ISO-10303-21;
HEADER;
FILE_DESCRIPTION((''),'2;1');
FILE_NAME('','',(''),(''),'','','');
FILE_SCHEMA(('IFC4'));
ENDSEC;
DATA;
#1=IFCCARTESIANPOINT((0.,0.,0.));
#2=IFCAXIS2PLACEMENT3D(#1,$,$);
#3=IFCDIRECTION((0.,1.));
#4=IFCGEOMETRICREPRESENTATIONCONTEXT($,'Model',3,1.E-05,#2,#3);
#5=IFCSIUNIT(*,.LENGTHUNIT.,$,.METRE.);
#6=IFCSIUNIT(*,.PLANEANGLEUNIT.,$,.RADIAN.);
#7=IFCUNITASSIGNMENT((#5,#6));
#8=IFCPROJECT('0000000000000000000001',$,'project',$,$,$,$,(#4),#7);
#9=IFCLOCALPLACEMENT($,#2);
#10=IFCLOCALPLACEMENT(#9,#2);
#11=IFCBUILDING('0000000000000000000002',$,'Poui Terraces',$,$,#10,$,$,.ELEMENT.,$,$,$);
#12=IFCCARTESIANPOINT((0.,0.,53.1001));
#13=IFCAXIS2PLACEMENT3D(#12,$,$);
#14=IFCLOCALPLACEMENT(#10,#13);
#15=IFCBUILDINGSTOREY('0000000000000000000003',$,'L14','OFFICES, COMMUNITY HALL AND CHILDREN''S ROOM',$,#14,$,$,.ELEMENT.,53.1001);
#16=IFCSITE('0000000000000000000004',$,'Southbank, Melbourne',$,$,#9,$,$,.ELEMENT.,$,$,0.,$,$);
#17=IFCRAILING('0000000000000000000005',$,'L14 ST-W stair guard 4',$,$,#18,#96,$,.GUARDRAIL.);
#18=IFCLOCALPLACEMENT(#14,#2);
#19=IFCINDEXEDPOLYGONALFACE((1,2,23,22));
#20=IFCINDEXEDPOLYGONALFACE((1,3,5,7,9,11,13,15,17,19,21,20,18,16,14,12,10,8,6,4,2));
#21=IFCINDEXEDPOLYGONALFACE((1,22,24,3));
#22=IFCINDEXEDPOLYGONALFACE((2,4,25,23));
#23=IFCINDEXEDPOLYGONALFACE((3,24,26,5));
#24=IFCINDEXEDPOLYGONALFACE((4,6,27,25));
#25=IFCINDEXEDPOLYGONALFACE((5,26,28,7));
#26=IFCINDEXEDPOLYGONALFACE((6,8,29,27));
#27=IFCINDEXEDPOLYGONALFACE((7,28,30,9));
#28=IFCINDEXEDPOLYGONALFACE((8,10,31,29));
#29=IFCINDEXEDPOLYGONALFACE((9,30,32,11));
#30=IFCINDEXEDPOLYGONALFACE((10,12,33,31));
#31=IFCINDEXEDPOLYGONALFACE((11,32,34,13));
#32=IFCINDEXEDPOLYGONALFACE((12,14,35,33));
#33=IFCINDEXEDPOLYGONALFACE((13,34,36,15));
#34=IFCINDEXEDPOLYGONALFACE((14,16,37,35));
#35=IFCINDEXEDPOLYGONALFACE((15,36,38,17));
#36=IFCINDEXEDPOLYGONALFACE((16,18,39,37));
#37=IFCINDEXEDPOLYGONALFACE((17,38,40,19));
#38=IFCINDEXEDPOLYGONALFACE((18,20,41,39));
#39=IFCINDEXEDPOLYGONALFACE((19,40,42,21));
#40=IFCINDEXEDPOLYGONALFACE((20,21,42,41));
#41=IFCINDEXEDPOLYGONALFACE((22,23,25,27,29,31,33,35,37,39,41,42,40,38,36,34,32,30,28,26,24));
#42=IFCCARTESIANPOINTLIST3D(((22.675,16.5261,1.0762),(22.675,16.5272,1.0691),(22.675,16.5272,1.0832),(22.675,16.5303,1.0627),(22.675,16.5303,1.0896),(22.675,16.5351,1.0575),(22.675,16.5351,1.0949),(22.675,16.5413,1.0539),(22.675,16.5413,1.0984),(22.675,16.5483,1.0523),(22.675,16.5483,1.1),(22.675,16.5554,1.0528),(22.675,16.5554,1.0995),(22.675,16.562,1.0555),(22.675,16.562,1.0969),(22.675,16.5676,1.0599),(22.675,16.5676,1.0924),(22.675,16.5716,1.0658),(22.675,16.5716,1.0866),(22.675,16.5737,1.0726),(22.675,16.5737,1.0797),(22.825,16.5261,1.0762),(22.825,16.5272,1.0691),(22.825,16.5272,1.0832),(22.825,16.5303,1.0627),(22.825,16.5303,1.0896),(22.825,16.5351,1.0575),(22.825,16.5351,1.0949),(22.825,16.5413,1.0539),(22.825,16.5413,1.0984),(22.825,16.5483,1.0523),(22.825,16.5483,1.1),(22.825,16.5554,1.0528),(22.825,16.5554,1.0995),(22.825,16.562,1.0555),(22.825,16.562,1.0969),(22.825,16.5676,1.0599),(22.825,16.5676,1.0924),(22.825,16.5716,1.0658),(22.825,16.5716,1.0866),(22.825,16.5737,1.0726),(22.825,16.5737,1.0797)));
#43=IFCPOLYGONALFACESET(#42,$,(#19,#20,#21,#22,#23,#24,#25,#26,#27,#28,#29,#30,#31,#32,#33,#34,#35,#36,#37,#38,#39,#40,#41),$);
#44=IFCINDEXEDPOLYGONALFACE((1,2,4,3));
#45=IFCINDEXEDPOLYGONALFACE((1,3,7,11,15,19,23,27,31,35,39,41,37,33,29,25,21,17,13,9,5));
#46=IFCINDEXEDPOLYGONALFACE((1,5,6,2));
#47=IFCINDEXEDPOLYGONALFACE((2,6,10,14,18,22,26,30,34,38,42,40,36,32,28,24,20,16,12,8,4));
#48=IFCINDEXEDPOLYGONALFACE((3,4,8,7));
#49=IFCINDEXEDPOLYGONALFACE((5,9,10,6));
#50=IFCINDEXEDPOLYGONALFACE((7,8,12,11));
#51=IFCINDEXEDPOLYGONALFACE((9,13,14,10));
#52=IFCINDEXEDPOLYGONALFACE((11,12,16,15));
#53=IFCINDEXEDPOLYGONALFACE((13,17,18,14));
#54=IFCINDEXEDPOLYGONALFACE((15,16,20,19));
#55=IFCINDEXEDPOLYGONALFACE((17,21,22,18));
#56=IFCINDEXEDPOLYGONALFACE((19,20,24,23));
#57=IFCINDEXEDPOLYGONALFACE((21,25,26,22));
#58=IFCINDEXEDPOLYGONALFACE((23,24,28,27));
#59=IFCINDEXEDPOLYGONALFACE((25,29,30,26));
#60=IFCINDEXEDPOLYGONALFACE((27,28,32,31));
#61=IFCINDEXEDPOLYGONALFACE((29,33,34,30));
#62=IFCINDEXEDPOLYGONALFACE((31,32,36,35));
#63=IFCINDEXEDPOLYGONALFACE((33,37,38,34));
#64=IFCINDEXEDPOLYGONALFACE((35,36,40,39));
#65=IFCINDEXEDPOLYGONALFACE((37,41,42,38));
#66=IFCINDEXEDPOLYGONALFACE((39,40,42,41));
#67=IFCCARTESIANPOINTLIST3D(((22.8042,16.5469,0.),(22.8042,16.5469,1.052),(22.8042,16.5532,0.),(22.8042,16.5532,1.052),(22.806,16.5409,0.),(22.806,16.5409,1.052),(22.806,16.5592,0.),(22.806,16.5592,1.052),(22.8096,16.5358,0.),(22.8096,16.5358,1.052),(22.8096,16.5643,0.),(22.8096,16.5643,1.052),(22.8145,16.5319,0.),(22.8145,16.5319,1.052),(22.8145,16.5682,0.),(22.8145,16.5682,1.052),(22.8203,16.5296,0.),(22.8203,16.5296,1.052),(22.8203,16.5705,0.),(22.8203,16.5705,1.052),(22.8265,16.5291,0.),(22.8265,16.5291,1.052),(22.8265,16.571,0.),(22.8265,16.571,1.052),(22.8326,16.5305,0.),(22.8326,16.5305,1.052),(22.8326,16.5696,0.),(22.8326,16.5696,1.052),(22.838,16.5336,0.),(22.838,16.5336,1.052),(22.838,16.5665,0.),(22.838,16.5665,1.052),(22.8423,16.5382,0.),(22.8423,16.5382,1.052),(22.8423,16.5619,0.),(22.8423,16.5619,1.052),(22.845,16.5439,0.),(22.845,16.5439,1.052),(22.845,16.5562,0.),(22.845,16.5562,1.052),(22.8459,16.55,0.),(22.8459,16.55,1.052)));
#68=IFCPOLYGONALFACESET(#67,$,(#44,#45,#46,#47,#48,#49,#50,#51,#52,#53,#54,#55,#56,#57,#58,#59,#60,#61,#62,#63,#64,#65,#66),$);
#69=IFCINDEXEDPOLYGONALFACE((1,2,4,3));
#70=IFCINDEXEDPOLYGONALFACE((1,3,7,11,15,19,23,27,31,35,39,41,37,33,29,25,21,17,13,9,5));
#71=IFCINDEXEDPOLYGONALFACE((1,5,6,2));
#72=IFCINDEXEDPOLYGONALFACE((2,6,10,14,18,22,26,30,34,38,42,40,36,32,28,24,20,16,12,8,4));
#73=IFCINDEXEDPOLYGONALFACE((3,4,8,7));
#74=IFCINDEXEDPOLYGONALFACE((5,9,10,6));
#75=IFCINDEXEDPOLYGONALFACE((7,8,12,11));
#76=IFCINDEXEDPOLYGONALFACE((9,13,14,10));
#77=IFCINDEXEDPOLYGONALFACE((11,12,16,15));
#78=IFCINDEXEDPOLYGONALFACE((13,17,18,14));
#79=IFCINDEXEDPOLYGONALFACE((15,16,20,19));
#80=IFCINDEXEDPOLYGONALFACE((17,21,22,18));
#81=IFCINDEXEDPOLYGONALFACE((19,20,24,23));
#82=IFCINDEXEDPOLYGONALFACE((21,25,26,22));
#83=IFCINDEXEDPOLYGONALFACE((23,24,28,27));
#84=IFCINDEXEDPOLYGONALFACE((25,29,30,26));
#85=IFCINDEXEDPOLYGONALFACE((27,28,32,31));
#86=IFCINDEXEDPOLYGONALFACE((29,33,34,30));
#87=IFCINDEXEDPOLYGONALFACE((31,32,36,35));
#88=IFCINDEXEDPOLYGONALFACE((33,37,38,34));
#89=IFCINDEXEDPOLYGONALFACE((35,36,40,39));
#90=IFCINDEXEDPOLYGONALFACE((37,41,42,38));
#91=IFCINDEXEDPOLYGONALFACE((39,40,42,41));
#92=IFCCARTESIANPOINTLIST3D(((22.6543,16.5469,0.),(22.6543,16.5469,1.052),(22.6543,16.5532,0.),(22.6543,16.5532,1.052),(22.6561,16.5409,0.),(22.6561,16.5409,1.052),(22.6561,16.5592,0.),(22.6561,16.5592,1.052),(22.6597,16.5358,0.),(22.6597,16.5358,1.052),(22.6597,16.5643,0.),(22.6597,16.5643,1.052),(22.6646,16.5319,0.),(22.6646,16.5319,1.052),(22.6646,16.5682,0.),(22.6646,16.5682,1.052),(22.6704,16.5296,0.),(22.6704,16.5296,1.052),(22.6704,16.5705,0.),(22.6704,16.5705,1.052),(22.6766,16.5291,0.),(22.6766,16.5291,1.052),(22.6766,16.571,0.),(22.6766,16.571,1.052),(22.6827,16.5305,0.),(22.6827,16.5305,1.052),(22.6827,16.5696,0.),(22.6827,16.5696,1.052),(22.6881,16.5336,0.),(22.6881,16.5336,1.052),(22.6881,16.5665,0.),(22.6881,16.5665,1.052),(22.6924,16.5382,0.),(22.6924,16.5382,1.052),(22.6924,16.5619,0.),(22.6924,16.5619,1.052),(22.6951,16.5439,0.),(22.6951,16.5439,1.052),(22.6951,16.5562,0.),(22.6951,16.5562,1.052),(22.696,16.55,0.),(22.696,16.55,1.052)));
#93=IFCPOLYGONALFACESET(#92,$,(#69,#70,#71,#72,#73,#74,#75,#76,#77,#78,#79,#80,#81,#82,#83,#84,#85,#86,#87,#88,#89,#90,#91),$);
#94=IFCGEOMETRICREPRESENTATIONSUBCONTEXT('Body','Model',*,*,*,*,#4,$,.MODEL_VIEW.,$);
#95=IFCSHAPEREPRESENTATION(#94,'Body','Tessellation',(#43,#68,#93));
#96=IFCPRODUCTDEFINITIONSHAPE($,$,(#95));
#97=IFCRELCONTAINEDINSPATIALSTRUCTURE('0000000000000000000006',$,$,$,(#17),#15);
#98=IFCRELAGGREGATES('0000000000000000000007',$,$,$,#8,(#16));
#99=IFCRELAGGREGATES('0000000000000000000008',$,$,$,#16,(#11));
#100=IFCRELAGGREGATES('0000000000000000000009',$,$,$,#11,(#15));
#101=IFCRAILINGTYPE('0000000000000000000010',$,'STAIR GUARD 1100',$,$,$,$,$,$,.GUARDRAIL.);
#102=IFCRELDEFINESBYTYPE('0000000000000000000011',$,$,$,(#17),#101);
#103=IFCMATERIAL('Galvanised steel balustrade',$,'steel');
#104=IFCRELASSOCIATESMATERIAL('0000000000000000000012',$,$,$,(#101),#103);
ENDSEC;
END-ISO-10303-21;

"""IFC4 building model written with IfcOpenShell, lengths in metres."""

from ifc_helpers import new_model, si_unit, direction, frame, origin, origin_2d, place, context, subcontext, project, spatial, circle, extrude, material, type_object, element, save


model = new_model("IFC4")

# Units and contexts
model_context = context("Model", 3, precision=1e-05, world=origin(), true_north=direction((0.0, 1.0)))
body_context = subcontext(model_context, "Body", "Model", "MODEL_VIEW")
ifc_project = project(units=[si_unit("LENGTHUNIT", "METRE"), si_unit("PLANEANGLEUNIT", "RADIAN")], contexts=[model_context])

# Site, building, storey
site_placement = place(None, origin())
site = spatial("IfcSite", under=ifc_project, at=site_placement, Name="Southbank, Melbourne", CompositionType="ELEMENT", RefElevation=0.0)
building_placement = place(site_placement, origin())
building = spatial("IfcBuilding", under=site, at=building_placement, Name="Poui Terraces", CompositionType="ELEMENT")
storey_placement = place(building_placement, frame((0.0, 0.0, 53.1001)))
storey = spatial("IfcBuildingStorey", under=building, at=storey_placement, Name="L14", Description="OFFICES, COMMUNITY HALL AND CHILDREN'S ROOM", CompositionType="ELEMENT", Elevation=53.1001)

# Railing
ifc_material_1 = material(Name="Galvanised steel balustrade", Category="steel")
railing_type_1 = type_object("IfcRailingType", Name="STAIR GUARD 1100", PredefinedType="GUARDRAIL", material=ifc_material_1)
railing_1_placement = place(storey_placement, frame((22.825, 16.55, 0.0)))
element("IfcRailing", 1, at=railing_1_placement, inside=storey, type_object=railing_type_1, Name="L14 ST-W stair guard 4", PredefinedType="GUARDRAIL", context=body_context, shape_type="SweptSolid", body=[
    extrude(circle(Radius=0.0239, at=origin_2d()), frame((0.0, 0.0, 1.0762), z_axis=(-1.0, 0.0, 0.0), x_axis=(0.0, -1.0, 0.0)), (0.0, 0.0, 1.0), 0.1499),
    extrude(circle(Radius=0.021, at=origin_2d()), origin(), (0.0, 0.0, 1.0), 1.052),
    extrude(circle(Radius=0.021, at=origin_2d()), frame((-0.1499, 0.0, 0.0)), (0.0, 0.0, 1.0), 1.052),
])

save(model, "model.ifc")
